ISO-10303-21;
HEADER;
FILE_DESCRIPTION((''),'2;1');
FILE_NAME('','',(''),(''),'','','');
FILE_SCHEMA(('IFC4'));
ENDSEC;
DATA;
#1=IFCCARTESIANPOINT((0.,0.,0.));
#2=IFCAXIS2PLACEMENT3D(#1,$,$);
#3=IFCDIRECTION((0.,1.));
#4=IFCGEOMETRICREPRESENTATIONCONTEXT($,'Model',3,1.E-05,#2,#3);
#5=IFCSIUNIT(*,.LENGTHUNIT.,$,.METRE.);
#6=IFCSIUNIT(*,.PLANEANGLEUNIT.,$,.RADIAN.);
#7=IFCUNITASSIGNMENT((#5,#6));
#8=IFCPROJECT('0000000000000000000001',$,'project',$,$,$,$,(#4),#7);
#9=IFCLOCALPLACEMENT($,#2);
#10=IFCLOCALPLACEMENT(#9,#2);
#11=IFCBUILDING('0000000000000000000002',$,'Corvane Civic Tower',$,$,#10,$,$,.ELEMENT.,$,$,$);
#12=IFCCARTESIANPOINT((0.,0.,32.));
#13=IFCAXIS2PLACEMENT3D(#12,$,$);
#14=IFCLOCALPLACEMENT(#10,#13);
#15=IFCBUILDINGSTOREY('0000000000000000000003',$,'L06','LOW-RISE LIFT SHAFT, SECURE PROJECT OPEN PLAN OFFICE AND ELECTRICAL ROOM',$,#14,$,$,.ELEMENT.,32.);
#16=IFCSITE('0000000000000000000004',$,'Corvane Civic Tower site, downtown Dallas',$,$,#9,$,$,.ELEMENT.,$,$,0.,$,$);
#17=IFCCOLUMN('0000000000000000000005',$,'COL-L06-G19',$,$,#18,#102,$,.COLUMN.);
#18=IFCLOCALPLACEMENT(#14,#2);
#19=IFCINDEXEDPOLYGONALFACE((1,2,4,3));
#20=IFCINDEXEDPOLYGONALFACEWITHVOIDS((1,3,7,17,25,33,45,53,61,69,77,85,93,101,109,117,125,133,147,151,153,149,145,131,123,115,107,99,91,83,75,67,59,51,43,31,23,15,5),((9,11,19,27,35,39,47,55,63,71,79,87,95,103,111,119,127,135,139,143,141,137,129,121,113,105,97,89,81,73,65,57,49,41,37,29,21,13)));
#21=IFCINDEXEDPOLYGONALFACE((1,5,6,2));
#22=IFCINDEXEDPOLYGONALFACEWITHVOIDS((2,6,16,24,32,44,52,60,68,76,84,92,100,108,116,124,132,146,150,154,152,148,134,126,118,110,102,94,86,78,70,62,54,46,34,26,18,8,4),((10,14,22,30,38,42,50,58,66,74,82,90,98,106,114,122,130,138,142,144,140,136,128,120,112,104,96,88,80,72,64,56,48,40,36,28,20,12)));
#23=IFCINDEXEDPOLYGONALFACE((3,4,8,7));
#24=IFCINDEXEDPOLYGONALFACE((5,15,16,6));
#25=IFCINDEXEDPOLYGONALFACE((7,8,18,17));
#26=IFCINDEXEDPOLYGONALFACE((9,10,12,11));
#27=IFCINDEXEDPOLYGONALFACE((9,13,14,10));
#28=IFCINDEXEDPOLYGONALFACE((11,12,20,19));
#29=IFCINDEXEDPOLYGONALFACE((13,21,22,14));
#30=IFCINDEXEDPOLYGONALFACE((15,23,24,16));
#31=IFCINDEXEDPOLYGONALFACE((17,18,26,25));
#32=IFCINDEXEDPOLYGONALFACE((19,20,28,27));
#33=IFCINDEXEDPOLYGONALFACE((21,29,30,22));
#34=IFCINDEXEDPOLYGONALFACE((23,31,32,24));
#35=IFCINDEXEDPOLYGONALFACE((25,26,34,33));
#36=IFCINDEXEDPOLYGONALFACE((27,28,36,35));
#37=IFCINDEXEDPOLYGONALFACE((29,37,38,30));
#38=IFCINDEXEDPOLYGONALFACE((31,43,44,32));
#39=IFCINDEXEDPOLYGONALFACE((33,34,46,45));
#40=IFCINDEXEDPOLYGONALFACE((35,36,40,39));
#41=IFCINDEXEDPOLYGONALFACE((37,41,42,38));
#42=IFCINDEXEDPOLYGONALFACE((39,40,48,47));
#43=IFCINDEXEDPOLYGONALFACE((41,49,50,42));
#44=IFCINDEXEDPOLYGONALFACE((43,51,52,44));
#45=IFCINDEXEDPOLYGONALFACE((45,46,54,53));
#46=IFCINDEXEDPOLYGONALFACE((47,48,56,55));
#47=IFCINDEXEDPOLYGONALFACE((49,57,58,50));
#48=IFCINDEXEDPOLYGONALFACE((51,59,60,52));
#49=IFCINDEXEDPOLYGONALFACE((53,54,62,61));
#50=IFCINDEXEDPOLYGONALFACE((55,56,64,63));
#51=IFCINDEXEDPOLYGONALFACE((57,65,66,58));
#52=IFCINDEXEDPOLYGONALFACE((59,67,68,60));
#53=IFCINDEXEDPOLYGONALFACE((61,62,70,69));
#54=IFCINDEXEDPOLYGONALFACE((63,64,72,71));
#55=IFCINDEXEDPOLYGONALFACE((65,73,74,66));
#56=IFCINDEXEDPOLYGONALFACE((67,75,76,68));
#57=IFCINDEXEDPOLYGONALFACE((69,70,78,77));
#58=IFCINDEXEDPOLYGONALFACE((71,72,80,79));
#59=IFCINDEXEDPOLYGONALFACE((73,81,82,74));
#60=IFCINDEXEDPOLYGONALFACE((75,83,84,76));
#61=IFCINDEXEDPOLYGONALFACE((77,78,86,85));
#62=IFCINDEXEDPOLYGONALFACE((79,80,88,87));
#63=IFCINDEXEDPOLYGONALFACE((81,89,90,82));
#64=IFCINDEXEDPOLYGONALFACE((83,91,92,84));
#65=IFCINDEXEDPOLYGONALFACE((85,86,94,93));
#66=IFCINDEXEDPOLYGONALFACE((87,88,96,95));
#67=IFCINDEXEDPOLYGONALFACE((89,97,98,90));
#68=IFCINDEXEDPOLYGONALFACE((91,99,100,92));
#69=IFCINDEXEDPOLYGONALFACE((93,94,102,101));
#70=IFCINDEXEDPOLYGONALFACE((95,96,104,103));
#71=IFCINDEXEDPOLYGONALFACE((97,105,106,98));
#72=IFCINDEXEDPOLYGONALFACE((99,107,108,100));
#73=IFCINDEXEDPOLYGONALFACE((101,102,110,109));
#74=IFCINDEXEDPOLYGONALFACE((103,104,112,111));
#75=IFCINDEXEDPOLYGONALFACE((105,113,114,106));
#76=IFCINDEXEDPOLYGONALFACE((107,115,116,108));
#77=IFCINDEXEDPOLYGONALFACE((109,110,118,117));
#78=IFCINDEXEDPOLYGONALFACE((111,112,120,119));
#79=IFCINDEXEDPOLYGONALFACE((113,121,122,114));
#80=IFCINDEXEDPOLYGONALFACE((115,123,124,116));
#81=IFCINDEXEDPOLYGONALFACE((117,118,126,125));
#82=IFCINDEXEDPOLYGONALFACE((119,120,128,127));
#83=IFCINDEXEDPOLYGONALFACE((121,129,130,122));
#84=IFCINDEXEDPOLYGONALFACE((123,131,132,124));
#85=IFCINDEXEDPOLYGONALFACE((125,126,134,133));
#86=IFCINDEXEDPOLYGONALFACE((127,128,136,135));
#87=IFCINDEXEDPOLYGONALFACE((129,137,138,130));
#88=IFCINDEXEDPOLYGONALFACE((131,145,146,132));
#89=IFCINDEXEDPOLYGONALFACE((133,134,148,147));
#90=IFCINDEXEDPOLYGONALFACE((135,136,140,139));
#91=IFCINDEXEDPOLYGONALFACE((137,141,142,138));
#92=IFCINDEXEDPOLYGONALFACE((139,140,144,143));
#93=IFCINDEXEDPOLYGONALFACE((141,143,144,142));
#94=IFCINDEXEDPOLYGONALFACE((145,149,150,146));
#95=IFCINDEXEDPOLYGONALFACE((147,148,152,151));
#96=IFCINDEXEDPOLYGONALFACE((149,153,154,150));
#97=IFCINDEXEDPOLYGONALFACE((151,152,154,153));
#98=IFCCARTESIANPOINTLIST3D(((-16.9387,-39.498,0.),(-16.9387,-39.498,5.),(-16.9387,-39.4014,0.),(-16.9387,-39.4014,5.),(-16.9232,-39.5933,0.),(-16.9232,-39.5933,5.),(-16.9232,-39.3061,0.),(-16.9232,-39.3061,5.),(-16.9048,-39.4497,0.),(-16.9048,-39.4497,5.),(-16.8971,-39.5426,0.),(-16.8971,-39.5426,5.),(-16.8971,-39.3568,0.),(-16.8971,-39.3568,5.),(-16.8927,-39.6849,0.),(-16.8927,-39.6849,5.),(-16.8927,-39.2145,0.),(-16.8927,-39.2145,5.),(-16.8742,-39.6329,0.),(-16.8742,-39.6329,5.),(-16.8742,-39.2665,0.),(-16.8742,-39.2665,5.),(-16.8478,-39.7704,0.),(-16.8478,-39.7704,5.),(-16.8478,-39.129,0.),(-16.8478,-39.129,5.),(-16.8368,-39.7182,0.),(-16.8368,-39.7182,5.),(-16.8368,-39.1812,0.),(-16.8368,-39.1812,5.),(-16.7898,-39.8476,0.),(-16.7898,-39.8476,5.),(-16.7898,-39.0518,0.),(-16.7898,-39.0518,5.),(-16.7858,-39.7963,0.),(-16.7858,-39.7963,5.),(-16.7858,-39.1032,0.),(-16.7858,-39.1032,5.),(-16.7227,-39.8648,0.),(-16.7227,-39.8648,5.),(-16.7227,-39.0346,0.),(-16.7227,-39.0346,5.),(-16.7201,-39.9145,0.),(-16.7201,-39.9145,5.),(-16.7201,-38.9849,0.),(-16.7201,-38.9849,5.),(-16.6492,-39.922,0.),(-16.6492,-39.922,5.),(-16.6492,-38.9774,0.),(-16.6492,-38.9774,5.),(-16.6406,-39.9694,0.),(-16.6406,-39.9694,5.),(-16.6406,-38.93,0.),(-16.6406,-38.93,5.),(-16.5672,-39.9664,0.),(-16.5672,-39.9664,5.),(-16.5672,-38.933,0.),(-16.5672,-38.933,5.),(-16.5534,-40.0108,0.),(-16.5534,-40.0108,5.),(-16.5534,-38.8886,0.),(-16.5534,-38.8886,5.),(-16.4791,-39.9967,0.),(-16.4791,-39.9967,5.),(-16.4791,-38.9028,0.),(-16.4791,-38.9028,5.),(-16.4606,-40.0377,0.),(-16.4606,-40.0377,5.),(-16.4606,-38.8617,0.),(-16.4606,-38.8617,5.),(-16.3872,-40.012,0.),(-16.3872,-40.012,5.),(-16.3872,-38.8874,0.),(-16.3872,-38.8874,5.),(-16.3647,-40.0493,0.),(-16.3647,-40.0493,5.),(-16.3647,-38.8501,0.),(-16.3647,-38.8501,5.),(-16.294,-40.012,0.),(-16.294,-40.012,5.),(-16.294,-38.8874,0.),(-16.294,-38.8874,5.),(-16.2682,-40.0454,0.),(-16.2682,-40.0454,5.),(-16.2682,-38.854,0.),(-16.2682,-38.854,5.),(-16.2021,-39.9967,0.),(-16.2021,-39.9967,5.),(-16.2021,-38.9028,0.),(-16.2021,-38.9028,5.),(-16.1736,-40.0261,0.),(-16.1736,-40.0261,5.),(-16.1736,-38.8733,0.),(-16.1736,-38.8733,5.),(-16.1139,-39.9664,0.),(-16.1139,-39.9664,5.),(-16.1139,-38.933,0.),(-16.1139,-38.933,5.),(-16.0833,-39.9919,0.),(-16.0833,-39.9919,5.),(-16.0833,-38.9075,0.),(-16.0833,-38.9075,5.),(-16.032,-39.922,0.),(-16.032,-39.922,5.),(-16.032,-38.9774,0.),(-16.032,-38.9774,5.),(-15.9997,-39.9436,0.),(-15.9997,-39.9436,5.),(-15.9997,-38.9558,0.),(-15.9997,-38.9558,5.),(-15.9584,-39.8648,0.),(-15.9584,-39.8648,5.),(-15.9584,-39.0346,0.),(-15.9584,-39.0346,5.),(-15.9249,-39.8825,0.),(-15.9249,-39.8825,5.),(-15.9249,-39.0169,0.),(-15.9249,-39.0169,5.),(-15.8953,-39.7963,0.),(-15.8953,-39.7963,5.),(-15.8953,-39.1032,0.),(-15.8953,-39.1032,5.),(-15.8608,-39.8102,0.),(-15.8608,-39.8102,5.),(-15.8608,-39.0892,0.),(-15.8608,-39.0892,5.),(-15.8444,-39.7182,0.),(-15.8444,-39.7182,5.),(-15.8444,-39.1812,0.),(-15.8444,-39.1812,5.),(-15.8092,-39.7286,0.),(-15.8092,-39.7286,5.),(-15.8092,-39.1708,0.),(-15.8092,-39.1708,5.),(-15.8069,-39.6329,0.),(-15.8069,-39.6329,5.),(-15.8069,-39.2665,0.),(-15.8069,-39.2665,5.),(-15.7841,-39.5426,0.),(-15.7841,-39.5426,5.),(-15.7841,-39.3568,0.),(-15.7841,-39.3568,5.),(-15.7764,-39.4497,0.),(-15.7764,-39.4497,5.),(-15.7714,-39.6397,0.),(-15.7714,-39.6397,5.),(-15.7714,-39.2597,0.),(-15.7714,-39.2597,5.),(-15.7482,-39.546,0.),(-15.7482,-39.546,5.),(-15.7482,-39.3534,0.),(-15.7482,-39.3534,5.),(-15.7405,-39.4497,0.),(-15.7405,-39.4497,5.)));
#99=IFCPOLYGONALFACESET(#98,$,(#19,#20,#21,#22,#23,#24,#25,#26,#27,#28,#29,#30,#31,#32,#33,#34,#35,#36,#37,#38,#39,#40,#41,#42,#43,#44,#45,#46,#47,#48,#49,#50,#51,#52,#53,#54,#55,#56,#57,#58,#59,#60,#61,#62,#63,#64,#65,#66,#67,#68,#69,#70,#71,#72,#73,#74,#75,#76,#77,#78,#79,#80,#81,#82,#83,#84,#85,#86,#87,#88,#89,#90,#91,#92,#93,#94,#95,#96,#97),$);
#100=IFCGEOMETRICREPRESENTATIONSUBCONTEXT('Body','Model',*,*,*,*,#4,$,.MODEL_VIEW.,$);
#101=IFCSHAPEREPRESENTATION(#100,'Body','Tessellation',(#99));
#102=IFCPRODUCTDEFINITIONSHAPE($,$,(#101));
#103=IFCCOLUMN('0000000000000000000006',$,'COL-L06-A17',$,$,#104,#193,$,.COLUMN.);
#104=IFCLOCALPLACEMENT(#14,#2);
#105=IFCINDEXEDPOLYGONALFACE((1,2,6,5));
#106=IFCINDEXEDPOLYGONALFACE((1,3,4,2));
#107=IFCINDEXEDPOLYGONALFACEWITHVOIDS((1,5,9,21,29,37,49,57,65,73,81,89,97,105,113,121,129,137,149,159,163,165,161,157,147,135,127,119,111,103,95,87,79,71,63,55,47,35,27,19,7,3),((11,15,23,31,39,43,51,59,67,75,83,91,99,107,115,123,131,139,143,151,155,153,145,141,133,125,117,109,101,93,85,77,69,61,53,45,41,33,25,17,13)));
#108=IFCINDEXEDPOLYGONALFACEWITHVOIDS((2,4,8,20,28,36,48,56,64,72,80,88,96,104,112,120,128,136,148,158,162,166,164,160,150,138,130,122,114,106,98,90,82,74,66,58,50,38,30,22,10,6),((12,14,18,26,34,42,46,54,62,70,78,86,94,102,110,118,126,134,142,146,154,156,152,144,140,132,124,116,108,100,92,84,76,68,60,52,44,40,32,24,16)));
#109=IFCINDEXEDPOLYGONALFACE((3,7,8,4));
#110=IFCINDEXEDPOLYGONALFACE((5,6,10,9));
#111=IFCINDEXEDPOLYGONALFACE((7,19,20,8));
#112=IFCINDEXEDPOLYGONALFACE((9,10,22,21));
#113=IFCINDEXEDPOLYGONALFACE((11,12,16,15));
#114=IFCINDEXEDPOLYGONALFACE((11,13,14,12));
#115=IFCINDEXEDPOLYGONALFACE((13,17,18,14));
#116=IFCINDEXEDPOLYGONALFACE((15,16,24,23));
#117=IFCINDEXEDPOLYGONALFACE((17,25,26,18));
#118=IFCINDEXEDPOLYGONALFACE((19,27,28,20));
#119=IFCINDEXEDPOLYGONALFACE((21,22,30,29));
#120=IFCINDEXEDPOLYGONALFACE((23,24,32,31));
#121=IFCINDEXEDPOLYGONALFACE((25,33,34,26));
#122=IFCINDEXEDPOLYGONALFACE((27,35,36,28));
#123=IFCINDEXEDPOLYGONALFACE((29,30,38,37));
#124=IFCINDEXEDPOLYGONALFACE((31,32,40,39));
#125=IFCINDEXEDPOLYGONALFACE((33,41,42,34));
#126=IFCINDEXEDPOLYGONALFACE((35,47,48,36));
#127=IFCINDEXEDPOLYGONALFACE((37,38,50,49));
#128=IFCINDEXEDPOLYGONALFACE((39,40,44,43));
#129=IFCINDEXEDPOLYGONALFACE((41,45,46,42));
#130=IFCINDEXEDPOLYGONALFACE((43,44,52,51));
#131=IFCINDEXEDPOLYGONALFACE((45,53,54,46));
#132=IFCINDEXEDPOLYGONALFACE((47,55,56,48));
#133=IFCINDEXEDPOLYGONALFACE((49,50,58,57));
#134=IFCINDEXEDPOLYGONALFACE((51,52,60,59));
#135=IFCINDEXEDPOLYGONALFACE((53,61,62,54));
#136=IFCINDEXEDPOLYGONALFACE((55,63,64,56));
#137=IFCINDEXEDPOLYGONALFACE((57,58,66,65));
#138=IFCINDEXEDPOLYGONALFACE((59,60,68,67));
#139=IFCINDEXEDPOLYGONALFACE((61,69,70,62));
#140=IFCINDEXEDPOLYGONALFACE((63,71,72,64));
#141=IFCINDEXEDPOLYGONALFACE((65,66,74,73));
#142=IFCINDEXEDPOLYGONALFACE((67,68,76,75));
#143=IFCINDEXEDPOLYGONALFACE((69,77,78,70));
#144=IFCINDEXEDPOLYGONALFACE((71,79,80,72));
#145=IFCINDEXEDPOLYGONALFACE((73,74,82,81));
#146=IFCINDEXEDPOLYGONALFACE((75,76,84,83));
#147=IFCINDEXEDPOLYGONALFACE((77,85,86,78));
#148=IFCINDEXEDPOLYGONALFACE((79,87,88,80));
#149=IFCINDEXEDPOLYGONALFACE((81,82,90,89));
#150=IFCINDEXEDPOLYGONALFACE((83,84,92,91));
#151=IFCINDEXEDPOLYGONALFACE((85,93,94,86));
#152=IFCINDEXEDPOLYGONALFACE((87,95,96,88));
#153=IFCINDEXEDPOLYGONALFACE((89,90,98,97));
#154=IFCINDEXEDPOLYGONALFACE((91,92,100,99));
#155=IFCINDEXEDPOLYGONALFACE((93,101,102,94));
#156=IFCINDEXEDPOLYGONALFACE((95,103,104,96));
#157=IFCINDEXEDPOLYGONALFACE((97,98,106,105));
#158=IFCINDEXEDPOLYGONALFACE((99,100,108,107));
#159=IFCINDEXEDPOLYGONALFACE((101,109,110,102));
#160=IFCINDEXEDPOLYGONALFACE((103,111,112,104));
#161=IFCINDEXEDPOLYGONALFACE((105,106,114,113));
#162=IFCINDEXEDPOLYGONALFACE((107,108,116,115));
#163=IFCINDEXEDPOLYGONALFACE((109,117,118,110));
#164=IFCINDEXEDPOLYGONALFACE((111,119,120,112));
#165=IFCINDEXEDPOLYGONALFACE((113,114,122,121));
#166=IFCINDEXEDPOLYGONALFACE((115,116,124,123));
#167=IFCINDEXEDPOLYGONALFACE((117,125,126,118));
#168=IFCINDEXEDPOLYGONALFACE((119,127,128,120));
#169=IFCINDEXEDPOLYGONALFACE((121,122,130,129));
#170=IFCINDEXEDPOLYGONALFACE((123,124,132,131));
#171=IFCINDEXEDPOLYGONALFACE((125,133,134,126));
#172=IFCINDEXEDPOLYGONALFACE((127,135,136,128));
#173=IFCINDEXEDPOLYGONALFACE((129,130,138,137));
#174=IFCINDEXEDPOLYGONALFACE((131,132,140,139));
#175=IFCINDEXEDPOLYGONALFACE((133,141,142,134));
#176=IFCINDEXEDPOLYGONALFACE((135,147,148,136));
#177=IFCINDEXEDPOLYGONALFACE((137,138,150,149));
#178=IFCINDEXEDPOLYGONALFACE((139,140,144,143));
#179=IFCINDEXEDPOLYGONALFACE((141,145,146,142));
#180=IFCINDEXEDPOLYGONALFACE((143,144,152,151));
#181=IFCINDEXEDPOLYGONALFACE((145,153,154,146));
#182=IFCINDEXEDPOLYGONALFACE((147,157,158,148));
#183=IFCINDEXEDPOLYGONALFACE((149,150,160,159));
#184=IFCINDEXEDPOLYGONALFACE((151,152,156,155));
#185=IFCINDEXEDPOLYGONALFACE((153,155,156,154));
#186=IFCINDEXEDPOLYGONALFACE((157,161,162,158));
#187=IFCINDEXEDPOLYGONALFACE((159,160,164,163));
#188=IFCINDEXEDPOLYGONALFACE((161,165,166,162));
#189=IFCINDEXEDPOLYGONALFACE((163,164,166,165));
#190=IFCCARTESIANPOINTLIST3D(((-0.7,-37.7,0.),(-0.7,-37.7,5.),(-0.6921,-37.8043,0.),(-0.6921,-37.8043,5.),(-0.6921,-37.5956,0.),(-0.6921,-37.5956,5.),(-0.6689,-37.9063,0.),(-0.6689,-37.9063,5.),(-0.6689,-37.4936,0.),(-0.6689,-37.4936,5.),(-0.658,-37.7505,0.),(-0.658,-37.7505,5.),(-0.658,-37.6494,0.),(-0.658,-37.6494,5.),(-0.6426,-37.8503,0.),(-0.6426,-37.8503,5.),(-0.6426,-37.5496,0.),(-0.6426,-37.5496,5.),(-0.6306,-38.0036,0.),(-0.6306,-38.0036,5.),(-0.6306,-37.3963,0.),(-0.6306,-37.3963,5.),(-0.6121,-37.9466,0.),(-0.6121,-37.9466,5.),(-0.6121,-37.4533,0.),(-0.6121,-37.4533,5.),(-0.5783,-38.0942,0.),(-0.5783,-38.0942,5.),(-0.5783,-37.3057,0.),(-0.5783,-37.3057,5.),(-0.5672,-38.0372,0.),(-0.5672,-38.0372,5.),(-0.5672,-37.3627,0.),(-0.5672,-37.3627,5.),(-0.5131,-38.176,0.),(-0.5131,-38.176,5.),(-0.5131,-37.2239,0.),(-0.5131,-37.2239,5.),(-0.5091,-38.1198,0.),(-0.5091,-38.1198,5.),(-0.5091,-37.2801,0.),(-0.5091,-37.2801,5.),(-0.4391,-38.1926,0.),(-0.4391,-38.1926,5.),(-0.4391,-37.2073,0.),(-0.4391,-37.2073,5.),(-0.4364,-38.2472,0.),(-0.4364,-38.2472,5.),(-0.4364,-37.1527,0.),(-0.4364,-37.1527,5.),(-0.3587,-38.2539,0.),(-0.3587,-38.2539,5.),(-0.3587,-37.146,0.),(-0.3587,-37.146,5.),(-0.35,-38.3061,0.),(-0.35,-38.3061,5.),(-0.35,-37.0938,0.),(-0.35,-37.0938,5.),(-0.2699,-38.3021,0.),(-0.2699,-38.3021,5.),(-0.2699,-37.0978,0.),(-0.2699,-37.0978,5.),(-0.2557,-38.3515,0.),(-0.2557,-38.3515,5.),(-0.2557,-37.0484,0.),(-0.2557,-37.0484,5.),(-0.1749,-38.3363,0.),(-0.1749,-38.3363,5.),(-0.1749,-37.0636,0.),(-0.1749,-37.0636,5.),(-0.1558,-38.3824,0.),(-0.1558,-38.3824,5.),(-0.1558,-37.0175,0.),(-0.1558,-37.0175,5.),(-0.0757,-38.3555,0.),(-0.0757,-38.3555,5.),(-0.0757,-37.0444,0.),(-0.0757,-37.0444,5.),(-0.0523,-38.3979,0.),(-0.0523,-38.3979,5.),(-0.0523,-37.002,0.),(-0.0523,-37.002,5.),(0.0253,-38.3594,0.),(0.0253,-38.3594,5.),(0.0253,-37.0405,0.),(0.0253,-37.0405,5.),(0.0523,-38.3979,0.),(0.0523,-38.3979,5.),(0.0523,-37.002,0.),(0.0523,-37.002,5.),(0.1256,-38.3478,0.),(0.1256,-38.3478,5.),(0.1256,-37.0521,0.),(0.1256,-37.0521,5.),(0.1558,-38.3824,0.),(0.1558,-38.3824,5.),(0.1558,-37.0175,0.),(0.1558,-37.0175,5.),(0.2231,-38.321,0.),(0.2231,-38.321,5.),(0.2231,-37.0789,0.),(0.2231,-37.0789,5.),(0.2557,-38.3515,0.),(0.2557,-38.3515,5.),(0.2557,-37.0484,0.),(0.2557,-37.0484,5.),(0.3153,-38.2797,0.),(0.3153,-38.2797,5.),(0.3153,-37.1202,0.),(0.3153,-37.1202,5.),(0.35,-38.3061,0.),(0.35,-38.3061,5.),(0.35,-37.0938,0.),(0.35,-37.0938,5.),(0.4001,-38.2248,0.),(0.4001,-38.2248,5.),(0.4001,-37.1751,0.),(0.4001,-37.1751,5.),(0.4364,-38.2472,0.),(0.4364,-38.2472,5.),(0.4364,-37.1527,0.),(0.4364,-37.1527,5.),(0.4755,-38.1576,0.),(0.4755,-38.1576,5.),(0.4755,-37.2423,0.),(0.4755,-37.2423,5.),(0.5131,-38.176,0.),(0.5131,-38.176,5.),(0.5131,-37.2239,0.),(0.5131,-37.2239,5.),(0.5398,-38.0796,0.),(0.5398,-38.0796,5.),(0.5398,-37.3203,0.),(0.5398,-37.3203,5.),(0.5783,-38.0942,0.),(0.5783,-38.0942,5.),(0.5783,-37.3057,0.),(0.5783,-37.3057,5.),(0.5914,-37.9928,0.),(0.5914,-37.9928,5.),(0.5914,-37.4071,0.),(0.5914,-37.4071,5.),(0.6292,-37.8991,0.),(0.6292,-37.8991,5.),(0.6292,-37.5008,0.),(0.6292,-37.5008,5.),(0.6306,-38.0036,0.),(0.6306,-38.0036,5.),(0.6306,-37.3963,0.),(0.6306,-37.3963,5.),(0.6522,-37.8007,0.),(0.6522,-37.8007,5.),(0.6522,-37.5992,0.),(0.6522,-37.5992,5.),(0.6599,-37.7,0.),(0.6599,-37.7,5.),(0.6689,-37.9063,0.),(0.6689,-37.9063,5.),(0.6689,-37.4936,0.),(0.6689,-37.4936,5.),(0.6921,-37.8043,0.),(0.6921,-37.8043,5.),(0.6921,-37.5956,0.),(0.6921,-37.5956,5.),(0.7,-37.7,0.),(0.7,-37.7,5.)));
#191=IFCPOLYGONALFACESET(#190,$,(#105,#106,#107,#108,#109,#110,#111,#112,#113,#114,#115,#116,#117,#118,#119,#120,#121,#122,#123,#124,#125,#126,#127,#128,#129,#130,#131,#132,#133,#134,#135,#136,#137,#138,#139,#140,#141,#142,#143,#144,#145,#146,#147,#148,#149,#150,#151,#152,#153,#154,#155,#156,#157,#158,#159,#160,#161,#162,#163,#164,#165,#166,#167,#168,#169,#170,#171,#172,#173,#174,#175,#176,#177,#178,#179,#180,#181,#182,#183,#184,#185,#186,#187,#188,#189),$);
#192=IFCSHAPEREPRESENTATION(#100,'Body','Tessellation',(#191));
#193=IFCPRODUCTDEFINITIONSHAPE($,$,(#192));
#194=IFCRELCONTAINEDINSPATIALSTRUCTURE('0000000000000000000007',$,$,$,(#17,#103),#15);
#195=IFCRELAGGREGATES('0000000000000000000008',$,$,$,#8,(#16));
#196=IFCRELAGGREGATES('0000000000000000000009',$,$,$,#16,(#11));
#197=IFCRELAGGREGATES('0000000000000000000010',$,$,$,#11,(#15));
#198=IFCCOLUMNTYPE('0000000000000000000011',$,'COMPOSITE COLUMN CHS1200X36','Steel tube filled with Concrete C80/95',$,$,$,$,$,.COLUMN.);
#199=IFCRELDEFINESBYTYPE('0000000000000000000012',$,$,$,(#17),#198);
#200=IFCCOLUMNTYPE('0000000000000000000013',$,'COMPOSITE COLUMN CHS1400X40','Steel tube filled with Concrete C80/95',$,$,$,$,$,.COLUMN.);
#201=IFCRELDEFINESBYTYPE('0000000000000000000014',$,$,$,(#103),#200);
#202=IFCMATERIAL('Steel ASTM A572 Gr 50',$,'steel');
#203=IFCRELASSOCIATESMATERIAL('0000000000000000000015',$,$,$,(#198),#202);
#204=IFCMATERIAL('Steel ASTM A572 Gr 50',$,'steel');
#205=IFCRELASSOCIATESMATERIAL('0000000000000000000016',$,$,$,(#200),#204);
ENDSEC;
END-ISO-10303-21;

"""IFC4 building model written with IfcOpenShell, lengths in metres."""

from ifc_helpers import new_model, si_unit, direction, frame, origin, origin_2d, place, context, subcontext, project, spatial, hollow_circle, extrude, material, material_profile, profile_set, type_object, element, save


model = new_model("IFC4")

# Units and contexts
model_context = context("Model", 3, precision=1e-05, world=origin(), true_north=direction((0.0, 1.0)))
body_context = subcontext(model_context, "Body", "Model", "MODEL_VIEW")
ifc_project = project(units=[si_unit("LENGTHUNIT", "METRE"), si_unit("PLANEANGLEUNIT", "RADIAN")], contexts=[model_context])

# Site, building, storey
site_placement = place(None, origin())
site = spatial("IfcSite", under=ifc_project, at=site_placement, Name="Corvane Civic Tower site, downtown Dallas", CompositionType="ELEMENT", RefElevation=0.0)
building_placement = place(site_placement, origin())
building = spatial("IfcBuilding", under=site, at=building_placement, Name="Corvane Civic Tower", CompositionType="ELEMENT")
storey_placement = place(building_placement, frame((0.0, 0.0, 32.0)))
storey = spatial("IfcBuildingStorey", under=building, at=storey_placement, Name="L06", Description="LOW-RISE LIFT SHAFT, SECURE PROJECT OPEN PLAN OFFICE AND ELECTRICAL ROOM", CompositionType="ELEMENT", Elevation=32.0)

# Columns
ifc_material_1 = material(Name="Steel ASTM A572 Gr 50", Category="steel")
ifc_material_profile_1 = material_profile(ifc_material_1, hollow_circle(Radius=0.6001, WallThickness=0.0359, at=origin_2d()), Name="CHS1200X36")
ifc_profile_set_1 = profile_set([ifc_material_profile_1], Name="Steel ASTM A572 Gr 50")
column_type_1 = type_object("IfcColumnType", Name="COMPOSITE COLUMN CHS1200X36", Description="Steel tube filled with Concrete C80/95", PredefinedType="COLUMN", material=ifc_profile_set_1)
column_placement = place(storey_placement, frame((-16.3406, -39.4497, 0.0), z_axis=(0.0, 0.0, 1.0), x_axis=(1.0, 0.0, 0.0)))
element("IfcColumn", 1, at=column_placement, inside=storey, type_object=column_type_1, Name="COL-L06-G19", PredefinedType="COLUMN", context=body_context, shape_type="SweptSolid", body=[
    extrude(hollow_circle(Radius=0.6001, WallThickness=0.0359, at=origin_2d()), origin(), (0.0, 0.0, 1.0), 5.0),
])
ifc_material_2 = material(Name="Steel ASTM A572 Gr 50", Category="steel")
ifc_material_profile_2 = material_profile(ifc_material_2, hollow_circle(Radius=0.7, WallThickness=0.04, at=origin_2d()), Name="CHS1400X40")
ifc_profile_set_2 = profile_set([ifc_material_profile_2], Name="Steel ASTM A572 Gr 50")
column_type_2 = type_object("IfcColumnType", Name="COMPOSITE COLUMN CHS1400X40", Description="Steel tube filled with Concrete C80/95", PredefinedType="COLUMN", material=ifc_profile_set_2)
for number, where, z_axis, x_axis, name in (
    (2, (0.0, -37.7, 0.0), (0.0, 0.0, 1.0), (1.0, 0.0, 0.0), "COL-L06-A17"),
):
    element("IfcColumn", number, at=place(storey_placement, frame(where, z_axis=z_axis, x_axis=x_axis)), inside=storey, type_object=column_type_2, Name=name, PredefinedType="COLUMN", context=body_context, shape_type="SweptSolid", body=[
        extrude(hollow_circle(Radius=0.7, WallThickness=0.04, at=origin_2d()), origin(), (0.0, 0.0, 1.0), 5.0),
    ])

save(model, "model.ifc")
